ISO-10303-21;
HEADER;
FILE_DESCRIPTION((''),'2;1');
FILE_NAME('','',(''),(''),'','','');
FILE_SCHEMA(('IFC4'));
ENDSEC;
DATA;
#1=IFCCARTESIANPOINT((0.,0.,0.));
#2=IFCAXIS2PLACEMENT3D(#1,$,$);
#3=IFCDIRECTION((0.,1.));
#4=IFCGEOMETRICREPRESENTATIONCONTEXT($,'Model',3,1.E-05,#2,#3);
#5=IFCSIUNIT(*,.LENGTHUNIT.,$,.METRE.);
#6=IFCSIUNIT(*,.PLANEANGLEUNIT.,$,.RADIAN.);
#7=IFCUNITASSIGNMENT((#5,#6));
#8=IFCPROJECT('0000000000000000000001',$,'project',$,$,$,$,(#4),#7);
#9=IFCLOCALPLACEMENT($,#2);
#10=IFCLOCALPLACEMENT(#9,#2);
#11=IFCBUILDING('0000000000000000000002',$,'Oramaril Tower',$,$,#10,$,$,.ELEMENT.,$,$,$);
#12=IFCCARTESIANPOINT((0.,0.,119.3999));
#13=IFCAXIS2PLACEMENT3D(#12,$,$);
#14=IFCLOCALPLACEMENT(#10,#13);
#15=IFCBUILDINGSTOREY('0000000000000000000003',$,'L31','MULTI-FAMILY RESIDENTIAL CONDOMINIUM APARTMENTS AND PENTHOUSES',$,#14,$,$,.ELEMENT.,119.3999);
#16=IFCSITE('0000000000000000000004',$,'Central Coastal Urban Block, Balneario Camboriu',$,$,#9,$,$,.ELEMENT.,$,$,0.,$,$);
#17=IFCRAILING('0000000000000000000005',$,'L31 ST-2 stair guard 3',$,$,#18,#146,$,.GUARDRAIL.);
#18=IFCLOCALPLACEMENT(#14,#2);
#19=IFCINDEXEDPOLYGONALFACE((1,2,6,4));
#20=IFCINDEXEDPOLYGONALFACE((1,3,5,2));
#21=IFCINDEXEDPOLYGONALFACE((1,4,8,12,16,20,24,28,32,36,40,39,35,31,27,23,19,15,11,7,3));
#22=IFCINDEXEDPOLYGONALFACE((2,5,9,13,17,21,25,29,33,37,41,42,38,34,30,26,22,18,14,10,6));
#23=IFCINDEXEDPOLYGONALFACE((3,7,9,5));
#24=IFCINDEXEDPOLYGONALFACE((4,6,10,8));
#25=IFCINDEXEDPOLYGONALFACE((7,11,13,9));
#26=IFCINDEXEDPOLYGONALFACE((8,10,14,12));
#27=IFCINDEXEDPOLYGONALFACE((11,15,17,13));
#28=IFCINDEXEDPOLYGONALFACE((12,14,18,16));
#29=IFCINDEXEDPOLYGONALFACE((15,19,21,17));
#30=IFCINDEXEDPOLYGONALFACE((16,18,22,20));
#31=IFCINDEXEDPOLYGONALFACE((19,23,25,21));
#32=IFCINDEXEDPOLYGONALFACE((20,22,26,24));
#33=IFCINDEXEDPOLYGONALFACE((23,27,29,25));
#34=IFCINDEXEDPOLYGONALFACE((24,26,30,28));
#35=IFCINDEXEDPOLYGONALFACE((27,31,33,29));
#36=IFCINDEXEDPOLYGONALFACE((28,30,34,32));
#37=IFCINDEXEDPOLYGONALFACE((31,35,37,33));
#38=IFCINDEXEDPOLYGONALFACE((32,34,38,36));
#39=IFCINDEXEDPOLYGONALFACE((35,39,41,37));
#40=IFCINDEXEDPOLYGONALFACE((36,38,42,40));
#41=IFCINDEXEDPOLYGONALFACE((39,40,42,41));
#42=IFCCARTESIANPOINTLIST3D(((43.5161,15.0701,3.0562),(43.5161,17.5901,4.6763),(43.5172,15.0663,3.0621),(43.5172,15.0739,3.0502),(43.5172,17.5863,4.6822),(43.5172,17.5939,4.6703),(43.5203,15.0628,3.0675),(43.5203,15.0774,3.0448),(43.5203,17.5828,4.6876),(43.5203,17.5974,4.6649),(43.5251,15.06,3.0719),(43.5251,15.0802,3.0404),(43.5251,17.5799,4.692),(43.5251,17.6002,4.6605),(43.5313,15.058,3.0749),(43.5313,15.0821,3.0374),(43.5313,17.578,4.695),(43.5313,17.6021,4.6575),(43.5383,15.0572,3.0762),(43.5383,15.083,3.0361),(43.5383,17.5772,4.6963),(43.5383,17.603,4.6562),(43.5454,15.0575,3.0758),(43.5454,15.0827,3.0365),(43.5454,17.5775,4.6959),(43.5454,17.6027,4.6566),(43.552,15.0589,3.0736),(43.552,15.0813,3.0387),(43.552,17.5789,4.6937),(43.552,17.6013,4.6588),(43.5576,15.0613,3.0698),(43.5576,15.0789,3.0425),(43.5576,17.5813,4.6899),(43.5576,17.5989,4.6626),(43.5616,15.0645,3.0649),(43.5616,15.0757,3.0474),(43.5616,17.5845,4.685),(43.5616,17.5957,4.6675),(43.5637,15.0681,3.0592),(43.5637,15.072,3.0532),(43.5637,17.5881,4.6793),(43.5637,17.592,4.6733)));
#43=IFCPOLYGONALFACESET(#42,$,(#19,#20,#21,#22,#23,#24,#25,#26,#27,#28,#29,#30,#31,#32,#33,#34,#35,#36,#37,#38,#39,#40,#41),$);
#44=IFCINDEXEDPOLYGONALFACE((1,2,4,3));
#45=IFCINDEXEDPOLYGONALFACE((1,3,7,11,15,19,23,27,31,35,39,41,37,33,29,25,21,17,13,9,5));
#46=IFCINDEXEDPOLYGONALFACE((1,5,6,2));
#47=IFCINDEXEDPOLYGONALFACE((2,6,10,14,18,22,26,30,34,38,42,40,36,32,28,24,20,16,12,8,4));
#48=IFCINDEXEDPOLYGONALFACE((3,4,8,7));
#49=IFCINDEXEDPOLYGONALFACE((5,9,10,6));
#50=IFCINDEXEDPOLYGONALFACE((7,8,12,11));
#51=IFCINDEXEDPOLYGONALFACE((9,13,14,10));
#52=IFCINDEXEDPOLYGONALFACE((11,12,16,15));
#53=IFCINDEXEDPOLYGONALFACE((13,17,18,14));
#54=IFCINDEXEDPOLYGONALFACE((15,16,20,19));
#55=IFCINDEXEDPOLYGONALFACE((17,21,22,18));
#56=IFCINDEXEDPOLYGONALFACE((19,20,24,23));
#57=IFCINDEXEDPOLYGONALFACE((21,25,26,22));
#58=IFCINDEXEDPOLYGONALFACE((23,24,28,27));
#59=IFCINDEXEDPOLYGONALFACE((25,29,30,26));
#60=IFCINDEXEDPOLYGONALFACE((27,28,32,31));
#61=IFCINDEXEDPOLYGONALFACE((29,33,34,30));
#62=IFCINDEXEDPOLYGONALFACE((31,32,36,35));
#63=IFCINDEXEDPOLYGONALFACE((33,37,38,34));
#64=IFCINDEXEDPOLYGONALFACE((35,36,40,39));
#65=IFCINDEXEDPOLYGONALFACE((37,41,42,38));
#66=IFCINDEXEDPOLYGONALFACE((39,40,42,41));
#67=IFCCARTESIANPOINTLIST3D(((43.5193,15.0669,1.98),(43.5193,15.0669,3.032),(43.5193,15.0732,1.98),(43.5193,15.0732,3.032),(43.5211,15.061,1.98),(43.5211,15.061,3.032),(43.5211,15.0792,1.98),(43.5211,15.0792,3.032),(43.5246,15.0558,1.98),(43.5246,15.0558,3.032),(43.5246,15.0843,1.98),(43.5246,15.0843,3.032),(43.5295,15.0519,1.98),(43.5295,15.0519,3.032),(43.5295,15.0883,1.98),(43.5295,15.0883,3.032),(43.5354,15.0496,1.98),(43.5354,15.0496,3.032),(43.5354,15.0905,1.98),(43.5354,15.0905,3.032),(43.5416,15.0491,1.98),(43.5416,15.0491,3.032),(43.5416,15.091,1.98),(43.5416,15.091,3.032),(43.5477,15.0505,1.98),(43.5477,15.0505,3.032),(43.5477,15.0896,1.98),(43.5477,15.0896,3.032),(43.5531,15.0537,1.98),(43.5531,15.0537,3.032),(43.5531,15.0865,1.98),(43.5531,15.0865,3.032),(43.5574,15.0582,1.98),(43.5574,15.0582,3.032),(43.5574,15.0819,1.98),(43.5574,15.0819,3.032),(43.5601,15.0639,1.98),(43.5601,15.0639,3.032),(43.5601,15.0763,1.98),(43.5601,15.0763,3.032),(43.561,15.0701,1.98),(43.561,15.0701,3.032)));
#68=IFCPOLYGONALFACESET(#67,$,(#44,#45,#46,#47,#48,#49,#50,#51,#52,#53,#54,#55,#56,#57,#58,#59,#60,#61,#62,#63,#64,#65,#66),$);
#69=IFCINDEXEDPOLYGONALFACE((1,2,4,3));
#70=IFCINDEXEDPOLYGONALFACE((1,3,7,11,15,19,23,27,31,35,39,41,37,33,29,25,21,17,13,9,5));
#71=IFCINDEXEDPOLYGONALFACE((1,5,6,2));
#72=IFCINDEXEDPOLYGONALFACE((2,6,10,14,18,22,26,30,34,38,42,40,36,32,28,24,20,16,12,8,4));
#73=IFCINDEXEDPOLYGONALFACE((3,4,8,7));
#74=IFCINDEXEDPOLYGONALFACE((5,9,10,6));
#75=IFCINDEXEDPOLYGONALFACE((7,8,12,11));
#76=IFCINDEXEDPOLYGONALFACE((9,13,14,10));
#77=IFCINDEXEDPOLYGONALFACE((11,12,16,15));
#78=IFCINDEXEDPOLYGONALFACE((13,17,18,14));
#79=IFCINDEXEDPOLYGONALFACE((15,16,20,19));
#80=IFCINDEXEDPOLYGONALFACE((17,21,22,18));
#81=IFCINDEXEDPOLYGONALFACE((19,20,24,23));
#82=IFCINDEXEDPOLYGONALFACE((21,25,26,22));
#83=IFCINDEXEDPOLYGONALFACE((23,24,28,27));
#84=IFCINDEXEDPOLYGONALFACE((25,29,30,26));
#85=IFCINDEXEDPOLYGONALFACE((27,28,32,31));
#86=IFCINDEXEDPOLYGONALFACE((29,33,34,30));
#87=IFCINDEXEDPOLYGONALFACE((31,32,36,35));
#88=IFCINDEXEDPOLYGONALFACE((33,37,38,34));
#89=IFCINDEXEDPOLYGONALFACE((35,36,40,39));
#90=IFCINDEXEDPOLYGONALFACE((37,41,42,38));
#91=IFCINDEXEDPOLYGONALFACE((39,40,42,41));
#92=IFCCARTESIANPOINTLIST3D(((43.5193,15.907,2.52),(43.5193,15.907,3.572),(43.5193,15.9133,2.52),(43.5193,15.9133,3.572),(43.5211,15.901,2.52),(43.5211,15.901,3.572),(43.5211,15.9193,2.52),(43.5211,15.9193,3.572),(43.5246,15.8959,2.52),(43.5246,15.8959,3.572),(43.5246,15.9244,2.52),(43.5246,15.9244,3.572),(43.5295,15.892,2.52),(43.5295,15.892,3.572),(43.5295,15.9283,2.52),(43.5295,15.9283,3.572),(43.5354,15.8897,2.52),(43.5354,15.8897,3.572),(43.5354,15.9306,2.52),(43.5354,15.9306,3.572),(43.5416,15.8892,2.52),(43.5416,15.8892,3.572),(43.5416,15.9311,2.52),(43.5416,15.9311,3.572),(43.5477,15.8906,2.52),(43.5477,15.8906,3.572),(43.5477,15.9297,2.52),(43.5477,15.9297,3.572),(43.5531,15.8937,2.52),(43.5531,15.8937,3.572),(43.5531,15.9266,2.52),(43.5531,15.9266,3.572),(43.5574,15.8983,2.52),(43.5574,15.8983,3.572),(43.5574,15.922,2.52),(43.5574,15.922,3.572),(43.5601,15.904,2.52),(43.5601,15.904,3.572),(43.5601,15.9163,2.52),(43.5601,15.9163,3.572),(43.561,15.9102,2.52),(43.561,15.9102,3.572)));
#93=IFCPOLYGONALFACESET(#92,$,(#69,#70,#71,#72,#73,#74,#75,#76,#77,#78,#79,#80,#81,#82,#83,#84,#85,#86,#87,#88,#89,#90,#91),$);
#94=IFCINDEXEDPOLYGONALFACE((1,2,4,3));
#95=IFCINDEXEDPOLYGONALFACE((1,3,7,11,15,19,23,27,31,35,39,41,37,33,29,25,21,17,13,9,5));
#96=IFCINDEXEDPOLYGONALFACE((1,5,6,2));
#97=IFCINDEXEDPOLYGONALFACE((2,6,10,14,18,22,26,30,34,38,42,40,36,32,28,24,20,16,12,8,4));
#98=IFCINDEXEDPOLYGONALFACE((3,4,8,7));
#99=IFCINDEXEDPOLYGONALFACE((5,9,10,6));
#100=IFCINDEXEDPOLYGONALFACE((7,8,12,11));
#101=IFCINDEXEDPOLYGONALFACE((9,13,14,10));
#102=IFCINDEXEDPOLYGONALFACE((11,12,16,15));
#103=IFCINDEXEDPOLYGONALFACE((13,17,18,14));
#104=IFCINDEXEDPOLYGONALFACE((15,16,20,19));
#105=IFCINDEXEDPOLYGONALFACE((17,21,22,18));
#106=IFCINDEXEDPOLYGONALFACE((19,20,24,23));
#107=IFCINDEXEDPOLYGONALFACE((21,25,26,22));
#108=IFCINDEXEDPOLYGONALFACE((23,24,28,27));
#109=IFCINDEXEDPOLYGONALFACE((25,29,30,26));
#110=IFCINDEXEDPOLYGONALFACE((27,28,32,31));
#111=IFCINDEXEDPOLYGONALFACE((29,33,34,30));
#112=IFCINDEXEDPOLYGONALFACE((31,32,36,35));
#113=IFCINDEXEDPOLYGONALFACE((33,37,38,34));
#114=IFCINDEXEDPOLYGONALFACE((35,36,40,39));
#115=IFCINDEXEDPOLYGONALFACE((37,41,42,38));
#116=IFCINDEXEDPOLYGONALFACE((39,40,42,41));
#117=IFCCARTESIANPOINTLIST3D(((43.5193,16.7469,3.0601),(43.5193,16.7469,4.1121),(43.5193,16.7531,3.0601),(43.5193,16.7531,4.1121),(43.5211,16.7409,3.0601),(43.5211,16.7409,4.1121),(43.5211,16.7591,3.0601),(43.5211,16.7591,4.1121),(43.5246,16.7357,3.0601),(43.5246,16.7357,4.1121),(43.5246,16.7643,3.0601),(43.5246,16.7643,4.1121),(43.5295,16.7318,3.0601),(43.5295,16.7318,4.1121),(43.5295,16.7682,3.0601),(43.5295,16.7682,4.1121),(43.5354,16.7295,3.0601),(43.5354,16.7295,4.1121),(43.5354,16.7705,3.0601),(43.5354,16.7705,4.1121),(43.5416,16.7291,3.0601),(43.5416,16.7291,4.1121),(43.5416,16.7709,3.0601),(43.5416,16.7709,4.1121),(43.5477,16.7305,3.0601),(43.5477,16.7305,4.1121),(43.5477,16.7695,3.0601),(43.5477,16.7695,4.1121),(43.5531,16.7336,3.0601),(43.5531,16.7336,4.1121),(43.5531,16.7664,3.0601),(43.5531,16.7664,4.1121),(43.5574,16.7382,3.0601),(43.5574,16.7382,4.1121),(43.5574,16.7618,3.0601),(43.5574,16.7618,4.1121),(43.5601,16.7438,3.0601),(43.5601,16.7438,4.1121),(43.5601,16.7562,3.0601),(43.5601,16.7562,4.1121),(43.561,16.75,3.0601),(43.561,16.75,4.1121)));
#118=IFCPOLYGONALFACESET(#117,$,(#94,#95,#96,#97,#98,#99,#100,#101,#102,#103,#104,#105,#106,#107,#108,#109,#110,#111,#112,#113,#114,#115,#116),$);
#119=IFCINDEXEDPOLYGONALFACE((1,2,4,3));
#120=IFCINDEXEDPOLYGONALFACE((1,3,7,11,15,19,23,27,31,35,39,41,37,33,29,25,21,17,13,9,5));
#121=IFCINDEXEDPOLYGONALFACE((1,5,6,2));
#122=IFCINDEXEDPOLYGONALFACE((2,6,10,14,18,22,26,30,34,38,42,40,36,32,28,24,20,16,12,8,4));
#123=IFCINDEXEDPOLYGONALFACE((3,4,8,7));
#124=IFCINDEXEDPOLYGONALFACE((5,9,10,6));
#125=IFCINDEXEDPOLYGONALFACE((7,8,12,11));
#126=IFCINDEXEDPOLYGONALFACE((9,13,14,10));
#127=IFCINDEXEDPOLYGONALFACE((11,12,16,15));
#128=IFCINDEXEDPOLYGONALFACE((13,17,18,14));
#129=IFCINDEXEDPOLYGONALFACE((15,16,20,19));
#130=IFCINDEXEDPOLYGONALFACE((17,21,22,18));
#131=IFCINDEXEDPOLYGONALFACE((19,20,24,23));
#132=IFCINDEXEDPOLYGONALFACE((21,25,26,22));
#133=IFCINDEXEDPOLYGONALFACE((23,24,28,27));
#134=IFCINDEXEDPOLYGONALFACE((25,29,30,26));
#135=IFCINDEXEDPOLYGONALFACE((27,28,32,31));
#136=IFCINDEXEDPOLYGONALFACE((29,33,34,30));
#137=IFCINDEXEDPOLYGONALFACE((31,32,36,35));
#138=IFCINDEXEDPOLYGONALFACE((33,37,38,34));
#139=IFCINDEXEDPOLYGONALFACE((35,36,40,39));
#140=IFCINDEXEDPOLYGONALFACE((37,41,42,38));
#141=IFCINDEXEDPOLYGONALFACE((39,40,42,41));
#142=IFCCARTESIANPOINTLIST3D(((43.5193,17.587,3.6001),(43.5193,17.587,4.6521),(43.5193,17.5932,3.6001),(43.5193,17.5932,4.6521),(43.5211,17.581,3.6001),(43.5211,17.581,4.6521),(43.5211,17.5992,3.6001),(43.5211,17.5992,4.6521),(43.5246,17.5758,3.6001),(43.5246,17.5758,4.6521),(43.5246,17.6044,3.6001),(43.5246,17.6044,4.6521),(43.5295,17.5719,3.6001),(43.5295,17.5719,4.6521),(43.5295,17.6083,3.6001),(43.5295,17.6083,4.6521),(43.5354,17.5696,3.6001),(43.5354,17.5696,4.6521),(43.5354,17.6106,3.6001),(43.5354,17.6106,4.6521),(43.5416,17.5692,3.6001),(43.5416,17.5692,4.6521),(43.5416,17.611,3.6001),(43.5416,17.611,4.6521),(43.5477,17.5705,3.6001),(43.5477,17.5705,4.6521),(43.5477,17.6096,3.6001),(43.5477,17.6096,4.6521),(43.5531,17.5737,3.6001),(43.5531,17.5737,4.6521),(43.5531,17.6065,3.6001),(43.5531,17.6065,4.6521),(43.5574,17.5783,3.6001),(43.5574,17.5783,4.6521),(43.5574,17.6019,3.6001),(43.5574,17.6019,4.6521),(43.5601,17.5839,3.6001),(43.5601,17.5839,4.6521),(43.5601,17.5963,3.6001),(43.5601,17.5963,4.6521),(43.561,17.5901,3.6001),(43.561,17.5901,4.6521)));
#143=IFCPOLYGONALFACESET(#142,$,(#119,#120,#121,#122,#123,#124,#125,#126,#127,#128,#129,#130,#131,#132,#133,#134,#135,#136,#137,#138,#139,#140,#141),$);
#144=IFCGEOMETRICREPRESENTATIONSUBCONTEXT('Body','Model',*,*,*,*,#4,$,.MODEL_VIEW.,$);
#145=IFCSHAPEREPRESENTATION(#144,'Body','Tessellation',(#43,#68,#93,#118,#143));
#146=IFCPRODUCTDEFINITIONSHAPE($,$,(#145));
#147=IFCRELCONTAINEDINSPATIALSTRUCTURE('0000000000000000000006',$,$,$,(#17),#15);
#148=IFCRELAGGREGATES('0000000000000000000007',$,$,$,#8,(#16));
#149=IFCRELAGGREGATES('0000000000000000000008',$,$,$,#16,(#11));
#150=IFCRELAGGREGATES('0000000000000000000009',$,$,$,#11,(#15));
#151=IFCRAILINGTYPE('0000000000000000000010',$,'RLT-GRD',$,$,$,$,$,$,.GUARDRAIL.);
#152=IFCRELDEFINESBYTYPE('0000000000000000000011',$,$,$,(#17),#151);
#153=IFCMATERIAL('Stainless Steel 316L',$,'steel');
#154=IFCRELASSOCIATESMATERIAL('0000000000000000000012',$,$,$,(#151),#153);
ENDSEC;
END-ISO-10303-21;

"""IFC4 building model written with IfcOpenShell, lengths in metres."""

from ifc_helpers import new_model, si_unit, direction, frame, origin, origin_2d, place, context, subcontext, project, spatial, circle, extrude, material, type_object, element, save


model = new_model("IFC4")

# Units and contexts
model_context = context("Model", 3, precision=1e-05, world=origin(), true_north=direction((0.0, 1.0)))
body_context = subcontext(model_context, "Body", "Model", "MODEL_VIEW")
ifc_project = project(units=[si_unit("LENGTHUNIT", "METRE"), si_unit("PLANEANGLEUNIT", "RADIAN")], contexts=[model_context])

# Site, building, storey
site_placement = place(None, origin())
site = spatial("IfcSite", under=ifc_project, at=site_placement, Name="Central Coastal Urban Block, Balneario Camboriu", CompositionType="ELEMENT", RefElevation=0.0)
building_placement = place(site_placement, origin())
building = spatial("IfcBuilding", under=site, at=building_placement, Name="Oramaril Tower", CompositionType="ELEMENT")
storey_placement = place(building_placement, frame((0.0, 0.0, 119.3999)))
storey = spatial("IfcBuildingStorey", under=building, at=storey_placement, Name="L31", Description="MULTI-FAMILY RESIDENTIAL CONDOMINIUM APARTMENTS AND PENTHOUSES", CompositionType="ELEMENT", Elevation=119.3999)

# Railing
ifc_material_1 = material(Name="Stainless Steel 316L", Category="steel")
railing_type_1 = type_object("IfcRailingType", Name="RLT-GRD", PredefinedType="GUARDRAIL", material=ifc_material_1)
railing_1_placement = place(storey_placement, frame((43.54, 15.0701, 1.98)))
element("IfcRailing", 1, at=railing_1_placement, inside=storey, type_object=railing_type_1, Name="L31 ST-2 stair guard 3", PredefinedType="GUARDRAIL", context=body_context, shape_type="SweptSolid", body=[
    extrude(circle(Radius=0.0239, at=origin_2d()), frame((0.0, 0.0, 1.0762), z_axis=(0.0, 0.841163, 0.540782), x_axis=(-1.0, 0.0, 0.0)), (0.0, 0.0, 1.0), 2.9958),
    extrude(circle(Radius=0.021, at=origin_2d()), origin(), (0.0, 0.0, 1.0), 1.052),
    extrude(circle(Radius=0.021, at=origin_2d()), frame((0.0, 0.8401, 0.54)), (0.0, 0.0, 1.0), 1.052),
    extrude(circle(Radius=0.021, at=origin_2d()), frame((0.0, 1.6799, 1.0801)), (0.0, 0.0, 1.0), 1.052),
    extrude(circle(Radius=0.021, at=origin_2d()), frame((0.0, 2.52, 1.6201)), (0.0, 0.0, 1.0), 1.052),
])

save(model, "model.ifc")
